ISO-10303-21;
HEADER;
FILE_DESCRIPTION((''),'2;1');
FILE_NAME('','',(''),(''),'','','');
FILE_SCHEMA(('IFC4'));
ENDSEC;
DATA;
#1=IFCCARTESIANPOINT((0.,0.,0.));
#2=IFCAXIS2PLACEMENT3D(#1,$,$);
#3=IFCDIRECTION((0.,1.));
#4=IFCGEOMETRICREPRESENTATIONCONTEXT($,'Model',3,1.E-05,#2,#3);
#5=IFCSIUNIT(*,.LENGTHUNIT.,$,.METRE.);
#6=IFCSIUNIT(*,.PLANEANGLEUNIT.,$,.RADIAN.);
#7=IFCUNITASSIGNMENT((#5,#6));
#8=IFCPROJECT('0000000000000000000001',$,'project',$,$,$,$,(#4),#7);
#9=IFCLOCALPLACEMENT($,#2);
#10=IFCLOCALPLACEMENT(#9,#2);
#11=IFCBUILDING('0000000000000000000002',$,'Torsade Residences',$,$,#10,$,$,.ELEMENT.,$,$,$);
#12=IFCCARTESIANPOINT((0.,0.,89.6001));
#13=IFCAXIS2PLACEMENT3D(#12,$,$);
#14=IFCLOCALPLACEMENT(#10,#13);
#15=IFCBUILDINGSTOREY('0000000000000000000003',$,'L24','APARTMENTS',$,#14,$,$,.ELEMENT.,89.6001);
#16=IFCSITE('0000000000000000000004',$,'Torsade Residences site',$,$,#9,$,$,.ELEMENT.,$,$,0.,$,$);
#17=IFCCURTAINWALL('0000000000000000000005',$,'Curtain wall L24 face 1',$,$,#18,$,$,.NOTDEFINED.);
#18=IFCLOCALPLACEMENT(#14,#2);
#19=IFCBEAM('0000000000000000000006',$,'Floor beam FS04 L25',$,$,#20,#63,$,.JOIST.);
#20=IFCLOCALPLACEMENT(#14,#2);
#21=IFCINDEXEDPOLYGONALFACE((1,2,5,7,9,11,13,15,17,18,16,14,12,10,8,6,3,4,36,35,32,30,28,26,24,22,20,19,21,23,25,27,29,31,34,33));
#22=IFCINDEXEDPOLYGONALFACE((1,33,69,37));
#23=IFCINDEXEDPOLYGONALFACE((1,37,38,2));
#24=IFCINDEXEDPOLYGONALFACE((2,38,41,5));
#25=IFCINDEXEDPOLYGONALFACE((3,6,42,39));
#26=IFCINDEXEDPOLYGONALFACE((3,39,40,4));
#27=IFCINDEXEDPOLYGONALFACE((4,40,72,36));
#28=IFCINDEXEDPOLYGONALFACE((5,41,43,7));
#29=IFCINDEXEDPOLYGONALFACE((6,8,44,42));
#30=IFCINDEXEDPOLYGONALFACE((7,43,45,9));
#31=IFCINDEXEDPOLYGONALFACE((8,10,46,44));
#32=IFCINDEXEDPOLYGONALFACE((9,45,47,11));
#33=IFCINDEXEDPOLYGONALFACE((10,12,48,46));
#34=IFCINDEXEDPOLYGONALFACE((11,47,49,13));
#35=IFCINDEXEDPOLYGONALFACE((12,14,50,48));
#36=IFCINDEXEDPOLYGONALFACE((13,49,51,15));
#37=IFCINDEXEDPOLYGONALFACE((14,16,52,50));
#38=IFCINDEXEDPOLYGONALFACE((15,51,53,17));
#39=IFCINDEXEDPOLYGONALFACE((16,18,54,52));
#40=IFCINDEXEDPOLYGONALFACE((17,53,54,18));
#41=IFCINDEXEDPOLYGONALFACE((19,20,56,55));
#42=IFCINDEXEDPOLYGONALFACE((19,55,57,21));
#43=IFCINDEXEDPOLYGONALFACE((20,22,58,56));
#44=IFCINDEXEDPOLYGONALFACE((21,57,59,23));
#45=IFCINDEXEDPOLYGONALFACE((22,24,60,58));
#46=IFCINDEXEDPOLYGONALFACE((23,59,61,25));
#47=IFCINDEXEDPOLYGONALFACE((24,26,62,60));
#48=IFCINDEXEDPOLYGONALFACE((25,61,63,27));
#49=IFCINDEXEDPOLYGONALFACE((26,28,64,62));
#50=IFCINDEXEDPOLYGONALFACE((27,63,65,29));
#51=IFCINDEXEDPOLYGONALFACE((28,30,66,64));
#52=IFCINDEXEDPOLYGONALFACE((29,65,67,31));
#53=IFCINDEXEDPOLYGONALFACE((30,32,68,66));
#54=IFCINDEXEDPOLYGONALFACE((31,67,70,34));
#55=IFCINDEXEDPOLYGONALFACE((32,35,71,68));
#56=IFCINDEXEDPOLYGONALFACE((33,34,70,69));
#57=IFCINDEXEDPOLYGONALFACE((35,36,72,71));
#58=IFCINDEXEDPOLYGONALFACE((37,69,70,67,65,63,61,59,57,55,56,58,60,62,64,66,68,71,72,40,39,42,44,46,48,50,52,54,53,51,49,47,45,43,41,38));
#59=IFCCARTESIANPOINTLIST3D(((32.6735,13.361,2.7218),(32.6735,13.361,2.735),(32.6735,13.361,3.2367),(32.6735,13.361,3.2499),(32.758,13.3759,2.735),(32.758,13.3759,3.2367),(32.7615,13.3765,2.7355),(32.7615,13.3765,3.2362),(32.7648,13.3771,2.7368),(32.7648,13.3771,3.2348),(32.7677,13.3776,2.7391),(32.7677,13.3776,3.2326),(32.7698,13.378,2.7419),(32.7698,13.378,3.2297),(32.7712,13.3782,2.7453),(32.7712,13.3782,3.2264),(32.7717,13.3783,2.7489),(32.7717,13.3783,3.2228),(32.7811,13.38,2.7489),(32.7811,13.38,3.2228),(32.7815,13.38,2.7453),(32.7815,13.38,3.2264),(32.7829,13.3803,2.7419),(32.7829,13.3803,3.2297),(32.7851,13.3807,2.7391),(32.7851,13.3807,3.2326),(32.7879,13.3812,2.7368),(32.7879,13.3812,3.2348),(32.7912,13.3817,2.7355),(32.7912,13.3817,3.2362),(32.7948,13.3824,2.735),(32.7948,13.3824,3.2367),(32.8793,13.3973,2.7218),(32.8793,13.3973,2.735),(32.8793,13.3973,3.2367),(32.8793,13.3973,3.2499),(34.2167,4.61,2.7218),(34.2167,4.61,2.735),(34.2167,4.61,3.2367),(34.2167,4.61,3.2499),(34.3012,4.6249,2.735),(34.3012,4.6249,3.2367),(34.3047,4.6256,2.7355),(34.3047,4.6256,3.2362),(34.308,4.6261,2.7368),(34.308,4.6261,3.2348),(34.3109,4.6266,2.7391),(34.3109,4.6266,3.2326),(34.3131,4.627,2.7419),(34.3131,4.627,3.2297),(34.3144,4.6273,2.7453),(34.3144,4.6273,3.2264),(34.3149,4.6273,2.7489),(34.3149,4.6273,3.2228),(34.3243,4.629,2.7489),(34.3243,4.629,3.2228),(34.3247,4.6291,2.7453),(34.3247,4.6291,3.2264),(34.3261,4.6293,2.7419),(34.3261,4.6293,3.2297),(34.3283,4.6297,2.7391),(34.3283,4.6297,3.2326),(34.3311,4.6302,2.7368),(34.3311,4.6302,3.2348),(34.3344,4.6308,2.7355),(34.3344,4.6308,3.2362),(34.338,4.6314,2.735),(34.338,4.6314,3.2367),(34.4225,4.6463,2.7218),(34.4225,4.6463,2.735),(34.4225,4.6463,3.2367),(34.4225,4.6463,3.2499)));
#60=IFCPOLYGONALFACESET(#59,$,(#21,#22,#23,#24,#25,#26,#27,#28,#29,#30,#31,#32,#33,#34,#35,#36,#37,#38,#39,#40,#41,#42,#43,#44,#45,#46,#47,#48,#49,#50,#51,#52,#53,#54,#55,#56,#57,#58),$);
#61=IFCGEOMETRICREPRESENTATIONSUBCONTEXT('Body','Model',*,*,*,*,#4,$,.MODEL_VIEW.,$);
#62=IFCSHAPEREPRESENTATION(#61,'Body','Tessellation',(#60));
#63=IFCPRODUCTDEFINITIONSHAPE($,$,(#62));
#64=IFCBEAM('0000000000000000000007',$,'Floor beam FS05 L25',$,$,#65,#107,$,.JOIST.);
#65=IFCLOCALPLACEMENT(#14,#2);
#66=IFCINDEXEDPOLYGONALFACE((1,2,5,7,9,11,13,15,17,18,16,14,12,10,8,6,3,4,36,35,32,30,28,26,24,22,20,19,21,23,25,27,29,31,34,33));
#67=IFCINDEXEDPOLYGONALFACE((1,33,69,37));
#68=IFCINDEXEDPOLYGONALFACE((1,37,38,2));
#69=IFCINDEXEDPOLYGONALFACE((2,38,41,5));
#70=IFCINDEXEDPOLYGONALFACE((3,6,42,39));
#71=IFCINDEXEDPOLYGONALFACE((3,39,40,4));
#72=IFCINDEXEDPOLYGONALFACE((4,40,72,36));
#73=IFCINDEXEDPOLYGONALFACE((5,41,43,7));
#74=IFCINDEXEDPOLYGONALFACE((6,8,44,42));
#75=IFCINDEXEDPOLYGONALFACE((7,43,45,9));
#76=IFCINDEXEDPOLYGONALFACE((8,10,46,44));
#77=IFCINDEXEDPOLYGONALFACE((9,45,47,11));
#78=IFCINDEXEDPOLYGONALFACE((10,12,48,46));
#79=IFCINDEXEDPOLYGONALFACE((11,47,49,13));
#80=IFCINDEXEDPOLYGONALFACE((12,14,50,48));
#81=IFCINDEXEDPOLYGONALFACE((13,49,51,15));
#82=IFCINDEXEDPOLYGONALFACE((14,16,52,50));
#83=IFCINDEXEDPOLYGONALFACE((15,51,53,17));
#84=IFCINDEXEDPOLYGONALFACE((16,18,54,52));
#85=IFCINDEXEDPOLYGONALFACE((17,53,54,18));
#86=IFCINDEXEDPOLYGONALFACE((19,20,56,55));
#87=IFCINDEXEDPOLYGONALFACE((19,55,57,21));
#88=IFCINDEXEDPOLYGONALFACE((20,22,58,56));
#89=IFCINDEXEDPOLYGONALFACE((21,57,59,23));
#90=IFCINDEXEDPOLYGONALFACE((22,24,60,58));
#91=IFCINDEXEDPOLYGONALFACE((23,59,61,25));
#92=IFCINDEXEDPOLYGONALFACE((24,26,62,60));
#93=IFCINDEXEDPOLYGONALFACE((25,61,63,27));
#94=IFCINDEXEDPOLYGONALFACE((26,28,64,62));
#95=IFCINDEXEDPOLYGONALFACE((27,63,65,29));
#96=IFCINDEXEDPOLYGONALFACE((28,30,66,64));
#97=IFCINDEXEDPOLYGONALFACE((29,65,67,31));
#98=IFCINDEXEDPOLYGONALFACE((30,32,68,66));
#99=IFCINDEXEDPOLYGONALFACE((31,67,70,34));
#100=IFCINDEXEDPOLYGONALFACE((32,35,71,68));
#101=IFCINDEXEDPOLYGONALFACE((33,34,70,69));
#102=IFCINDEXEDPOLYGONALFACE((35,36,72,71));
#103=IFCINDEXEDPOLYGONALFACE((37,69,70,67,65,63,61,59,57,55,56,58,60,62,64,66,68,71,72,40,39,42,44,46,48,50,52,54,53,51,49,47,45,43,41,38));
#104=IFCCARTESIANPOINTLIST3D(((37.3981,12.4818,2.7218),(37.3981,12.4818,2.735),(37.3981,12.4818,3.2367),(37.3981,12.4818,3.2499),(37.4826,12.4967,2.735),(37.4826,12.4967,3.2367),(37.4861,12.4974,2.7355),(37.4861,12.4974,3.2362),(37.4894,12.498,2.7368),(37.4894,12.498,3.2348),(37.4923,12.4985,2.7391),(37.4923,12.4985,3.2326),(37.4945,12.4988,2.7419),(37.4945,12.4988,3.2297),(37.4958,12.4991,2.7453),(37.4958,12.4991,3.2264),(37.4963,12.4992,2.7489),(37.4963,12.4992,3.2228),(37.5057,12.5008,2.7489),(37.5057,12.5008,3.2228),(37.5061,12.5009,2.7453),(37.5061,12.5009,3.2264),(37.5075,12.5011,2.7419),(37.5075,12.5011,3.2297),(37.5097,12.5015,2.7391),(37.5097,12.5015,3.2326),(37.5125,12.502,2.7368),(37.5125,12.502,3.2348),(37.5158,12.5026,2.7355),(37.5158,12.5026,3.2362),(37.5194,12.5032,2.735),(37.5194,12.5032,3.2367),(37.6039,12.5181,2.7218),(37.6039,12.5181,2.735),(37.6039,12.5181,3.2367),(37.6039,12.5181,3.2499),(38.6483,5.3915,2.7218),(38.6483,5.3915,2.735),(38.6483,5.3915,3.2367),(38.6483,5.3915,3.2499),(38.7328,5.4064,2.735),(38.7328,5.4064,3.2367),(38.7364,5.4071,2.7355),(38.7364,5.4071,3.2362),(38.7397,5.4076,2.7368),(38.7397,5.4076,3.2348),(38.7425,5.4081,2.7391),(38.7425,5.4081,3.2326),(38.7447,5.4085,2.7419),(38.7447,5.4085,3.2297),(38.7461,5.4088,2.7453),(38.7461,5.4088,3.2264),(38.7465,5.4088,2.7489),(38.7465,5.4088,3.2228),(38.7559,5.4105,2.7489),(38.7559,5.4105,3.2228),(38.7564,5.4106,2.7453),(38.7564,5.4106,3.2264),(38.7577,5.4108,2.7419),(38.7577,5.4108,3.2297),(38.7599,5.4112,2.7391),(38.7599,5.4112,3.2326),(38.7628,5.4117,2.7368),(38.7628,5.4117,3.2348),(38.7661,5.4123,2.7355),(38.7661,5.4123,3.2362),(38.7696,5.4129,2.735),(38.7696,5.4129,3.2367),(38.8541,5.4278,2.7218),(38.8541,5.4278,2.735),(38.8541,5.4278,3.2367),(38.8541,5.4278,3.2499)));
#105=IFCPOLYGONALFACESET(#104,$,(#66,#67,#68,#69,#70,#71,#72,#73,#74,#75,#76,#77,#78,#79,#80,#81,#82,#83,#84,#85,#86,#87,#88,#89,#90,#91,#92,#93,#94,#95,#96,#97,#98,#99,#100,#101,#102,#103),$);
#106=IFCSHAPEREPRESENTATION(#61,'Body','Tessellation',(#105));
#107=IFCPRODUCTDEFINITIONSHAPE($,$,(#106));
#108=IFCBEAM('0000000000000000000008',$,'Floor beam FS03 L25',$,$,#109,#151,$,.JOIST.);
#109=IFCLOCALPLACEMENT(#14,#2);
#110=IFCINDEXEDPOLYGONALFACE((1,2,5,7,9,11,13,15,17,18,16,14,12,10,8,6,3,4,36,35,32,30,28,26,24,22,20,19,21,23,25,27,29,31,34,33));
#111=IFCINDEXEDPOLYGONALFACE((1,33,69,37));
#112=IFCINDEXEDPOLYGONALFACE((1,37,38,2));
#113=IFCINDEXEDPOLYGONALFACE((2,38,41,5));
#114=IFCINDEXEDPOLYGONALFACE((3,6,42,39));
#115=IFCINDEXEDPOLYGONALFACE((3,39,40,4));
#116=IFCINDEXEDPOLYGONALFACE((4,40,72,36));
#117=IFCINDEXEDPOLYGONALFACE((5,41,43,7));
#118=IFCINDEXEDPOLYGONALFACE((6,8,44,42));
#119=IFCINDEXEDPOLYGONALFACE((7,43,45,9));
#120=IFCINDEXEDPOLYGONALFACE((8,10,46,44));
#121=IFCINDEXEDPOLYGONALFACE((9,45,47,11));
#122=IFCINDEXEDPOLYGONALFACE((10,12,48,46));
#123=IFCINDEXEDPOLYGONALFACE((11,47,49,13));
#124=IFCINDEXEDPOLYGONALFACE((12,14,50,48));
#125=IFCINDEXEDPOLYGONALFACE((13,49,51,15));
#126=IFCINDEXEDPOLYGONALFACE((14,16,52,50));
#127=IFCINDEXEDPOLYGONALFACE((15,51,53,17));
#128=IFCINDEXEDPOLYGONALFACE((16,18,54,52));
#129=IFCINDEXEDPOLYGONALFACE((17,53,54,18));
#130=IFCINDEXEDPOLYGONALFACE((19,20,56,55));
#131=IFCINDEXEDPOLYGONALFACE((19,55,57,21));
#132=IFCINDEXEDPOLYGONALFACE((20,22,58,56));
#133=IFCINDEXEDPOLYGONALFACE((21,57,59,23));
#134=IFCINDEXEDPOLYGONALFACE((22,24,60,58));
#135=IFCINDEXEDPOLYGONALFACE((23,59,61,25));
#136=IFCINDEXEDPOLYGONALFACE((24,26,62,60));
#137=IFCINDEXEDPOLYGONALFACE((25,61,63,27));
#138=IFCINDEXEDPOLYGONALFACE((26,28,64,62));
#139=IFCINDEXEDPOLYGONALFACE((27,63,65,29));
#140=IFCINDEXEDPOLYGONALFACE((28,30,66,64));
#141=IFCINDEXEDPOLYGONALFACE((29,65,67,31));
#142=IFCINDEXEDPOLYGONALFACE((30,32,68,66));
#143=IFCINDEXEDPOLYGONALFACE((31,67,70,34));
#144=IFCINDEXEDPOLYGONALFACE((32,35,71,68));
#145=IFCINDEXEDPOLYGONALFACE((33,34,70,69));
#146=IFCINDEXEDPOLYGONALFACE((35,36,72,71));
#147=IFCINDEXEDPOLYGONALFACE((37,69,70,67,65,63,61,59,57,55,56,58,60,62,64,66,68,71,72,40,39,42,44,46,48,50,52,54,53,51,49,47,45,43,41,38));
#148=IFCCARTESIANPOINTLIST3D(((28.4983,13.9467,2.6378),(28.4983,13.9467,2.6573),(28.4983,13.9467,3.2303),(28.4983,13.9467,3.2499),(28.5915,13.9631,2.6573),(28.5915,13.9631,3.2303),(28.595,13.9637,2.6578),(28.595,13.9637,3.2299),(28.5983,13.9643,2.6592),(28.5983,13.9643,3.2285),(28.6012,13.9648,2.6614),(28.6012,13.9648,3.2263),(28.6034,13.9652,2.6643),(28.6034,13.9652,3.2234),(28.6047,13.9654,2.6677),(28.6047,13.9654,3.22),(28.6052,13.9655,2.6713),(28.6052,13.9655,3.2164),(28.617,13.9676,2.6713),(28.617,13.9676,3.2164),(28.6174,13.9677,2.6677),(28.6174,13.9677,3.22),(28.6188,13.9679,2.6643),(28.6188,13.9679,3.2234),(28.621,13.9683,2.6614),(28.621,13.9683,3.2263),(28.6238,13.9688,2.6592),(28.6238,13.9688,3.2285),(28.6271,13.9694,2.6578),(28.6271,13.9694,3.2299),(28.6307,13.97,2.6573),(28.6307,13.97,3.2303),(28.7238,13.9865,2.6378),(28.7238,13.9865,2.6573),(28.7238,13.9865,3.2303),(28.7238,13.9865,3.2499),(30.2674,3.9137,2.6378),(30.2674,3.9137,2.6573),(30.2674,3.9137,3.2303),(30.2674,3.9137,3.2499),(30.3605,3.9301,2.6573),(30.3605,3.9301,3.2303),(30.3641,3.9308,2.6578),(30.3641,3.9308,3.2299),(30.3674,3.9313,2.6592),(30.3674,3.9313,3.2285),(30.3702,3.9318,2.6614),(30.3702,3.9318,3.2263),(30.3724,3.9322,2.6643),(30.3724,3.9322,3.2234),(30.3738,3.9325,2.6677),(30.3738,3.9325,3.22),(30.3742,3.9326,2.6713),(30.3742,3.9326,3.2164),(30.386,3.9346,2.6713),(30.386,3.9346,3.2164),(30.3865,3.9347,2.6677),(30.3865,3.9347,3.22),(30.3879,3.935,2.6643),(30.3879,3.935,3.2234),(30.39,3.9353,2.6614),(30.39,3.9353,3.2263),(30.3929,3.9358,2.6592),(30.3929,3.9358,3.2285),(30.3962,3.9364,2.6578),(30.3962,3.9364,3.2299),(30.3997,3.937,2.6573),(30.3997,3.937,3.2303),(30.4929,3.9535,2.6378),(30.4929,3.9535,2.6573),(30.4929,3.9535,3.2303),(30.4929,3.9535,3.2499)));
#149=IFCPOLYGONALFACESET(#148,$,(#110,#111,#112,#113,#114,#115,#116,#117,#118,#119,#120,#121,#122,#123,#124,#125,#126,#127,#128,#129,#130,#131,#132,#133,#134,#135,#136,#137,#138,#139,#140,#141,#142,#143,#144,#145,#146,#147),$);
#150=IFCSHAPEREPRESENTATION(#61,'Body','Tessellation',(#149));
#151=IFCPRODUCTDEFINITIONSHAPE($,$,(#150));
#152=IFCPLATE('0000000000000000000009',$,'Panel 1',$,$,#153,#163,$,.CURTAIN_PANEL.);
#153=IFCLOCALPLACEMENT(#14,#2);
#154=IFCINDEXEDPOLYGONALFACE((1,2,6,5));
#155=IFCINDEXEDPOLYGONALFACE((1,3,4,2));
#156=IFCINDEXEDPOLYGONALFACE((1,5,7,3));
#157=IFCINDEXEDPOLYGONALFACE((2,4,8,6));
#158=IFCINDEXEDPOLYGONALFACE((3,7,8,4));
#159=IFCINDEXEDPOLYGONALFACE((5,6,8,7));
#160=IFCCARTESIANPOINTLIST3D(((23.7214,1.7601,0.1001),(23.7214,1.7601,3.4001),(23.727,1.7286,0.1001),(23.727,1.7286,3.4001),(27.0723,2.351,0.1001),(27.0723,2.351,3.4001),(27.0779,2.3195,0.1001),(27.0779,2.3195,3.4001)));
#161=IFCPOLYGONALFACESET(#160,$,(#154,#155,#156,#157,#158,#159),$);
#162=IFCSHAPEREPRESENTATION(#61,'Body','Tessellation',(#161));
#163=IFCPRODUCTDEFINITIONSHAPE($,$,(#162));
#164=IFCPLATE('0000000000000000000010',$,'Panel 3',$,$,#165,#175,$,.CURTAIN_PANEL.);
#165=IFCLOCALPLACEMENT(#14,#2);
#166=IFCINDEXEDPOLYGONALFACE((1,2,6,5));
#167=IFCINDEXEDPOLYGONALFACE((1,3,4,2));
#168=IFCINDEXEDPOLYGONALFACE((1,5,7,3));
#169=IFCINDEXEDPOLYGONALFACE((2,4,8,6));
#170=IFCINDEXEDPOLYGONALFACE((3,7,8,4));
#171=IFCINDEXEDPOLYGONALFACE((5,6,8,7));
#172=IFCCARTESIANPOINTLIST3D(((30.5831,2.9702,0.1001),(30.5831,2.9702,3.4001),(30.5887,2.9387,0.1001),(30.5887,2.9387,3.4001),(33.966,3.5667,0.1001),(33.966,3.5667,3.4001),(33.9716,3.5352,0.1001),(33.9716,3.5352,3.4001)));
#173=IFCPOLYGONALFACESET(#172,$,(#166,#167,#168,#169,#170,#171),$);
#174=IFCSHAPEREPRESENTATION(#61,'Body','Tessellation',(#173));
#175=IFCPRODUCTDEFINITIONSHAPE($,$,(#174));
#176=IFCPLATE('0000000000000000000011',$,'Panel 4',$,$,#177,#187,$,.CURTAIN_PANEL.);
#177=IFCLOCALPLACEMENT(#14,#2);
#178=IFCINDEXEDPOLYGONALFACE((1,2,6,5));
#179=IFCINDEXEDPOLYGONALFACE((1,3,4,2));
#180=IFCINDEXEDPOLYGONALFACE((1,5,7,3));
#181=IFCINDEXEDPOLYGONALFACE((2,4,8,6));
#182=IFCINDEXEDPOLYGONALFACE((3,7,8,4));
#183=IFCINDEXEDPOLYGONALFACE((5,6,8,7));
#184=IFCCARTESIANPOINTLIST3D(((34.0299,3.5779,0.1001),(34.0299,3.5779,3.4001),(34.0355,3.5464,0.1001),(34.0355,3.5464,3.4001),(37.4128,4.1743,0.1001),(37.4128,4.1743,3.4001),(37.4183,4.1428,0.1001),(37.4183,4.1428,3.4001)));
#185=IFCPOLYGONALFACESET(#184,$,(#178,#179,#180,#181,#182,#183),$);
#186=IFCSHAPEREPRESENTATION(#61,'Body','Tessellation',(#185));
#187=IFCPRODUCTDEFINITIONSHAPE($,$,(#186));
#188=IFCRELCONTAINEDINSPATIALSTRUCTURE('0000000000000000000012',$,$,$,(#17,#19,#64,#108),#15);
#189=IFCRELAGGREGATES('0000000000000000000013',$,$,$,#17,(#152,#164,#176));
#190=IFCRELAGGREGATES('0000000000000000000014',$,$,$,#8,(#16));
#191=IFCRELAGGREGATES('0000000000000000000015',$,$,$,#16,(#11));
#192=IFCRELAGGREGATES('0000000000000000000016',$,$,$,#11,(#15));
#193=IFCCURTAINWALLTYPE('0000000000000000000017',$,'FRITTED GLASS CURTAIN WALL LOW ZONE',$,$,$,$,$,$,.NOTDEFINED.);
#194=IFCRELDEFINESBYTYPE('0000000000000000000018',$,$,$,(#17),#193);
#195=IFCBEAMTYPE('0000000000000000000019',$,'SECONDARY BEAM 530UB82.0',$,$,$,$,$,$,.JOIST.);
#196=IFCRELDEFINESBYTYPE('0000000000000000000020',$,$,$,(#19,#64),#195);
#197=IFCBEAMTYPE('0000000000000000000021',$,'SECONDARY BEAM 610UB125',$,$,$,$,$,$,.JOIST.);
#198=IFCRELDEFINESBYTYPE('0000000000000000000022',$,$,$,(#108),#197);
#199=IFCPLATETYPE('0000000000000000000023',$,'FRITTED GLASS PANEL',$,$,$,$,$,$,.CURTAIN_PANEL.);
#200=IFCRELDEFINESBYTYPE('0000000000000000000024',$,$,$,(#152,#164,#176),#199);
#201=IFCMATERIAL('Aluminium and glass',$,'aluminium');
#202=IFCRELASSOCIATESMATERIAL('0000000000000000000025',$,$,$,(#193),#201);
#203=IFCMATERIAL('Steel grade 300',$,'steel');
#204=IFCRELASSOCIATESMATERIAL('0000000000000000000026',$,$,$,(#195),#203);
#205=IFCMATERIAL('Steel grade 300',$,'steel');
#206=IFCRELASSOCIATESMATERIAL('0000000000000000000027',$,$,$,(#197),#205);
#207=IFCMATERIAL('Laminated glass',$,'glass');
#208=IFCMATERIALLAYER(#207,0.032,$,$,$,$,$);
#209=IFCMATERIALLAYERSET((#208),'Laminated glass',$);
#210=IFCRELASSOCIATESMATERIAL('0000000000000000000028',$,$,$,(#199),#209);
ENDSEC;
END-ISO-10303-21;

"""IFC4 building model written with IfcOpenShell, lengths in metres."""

from ifc_helpers import new_model, si_unit, direction, frame, origin, origin_2d, place, context, subcontext, project, spatial, rectangle, i_section, extrude, material, layer, layer_set, material_profile, profile_set, type_object, element, aggregate, save


model = new_model("IFC4")

# Units and contexts
model_context = context("Model", 3, precision=1e-05, world=origin(), true_north=direction((0.0, 1.0)))
body_context = subcontext(model_context, "Body", "Model", "MODEL_VIEW")
ifc_project = project(units=[si_unit("LENGTHUNIT", "METRE"), si_unit("PLANEANGLEUNIT", "RADIAN")], contexts=[model_context])

# Site, building, storey
site_placement = place(None, origin())
site = spatial("IfcSite", under=ifc_project, at=site_placement, Name="Torsade Residences site", CompositionType="ELEMENT", RefElevation=0.0)
building_placement = place(site_placement, origin())
building = spatial("IfcBuilding", under=site, at=building_placement, Name="Torsade Residences", CompositionType="ELEMENT")
storey_placement = place(building_placement, frame((0.0, 0.0, 89.6001)))
storey = spatial("IfcBuildingStorey", under=building, at=storey_placement, Name="L24", Description="APARTMENTS", CompositionType="ELEMENT", Elevation=89.6001)

# Curtain wall
ifc_material_1 = material(Name="Aluminium and glass", Category="aluminium")
curtain_wall_type = type_object("IfcCurtainWallType", Name="FRITTED GLASS CURTAIN WALL LOW ZONE", PredefinedType="NOTDEFINED", material=ifc_material_1)
curtain_wall_placement = place(storey_placement, origin())
curtain_wall = element("IfcCurtainWall", 1, at=curtain_wall_placement, inside=storey, type_object=curtain_wall_type, Name="Curtain wall L24 face 1", PredefinedType="NOTDEFINED")

# Beams
ifc_material_2 = material(Name="Steel grade 300", Category="steel")
ifc_material_profile_1 = material_profile(ifc_material_2, i_section(OverallWidth=0.209, OverallDepth=0.5281, WebThickness=0.0095, FlangeThickness=0.0132, FilletRadius=0.0139, at=origin_2d()), Name="530UB82.0")
ifc_profile_set_1 = profile_set([ifc_material_profile_1], Name="Steel grade 300")
beam_type_1 = type_object("IfcBeamType", Name="SECONDARY BEAM 530UB82.0", PredefinedType="JOIST", material=ifc_profile_set_1)
beam_1_placement = place(storey_placement, frame((34.3196, 4.6282, 2.9858), z_axis=(-0.173668, 0.984804, 0.0), x_axis=(-0.984804, -0.173668, 0.0)))
element("IfcBeam", 2, at=beam_1_placement, inside=storey, type_object=beam_type_1, Name="Floor beam FS04 L25", PredefinedType="JOIST", context=body_context, shape_type="SweptSolid", body=[
    extrude(i_section(OverallWidth=0.209, OverallDepth=0.5281, WebThickness=0.0095, FlangeThickness=0.0132, FilletRadius=0.0139, at=origin_2d()), origin(), (0.0, 0.0, 1.0), 8.886),
])
beam_2_placement = place(storey_placement, frame((38.7512, 5.4097, 2.9858), z_axis=(-0.173652, 0.984807, 0.0), x_axis=(-0.984807, -0.173652, 0.0)))
element("IfcBeam", 3, at=beam_2_placement, inside=storey, type_object=beam_type_1, Name="Floor beam FS05 L25", PredefinedType="JOIST", context=body_context, shape_type="SweptSolid", body=[
    extrude(i_section(OverallWidth=0.209, OverallDepth=0.5281, WebThickness=0.0095, FlangeThickness=0.0132, FilletRadius=0.0139, at=origin_2d()), origin(), (0.0, 0.0, 1.0), 7.1997),
])
ifc_material_3 = material(Name="Steel grade 300", Category="steel")
ifc_material_profile_2 = material_profile(ifc_material_3, i_section(OverallWidth=0.229, OverallDepth=0.6121, WebThickness=0.012, FlangeThickness=0.0195, FilletRadius=0.0139, at=origin_2d()), Name="610UB125")
ifc_profile_set_2 = profile_set([ifc_material_profile_2], Name="Steel grade 300")
beam_type_2 = type_object("IfcBeamType", Name="SECONDARY BEAM 610UB125", PredefinedType="JOIST", material=ifc_profile_set_2)
beam_3_placement = place(storey_placement, frame((30.3801, 3.9336, 2.9438), z_axis=(-0.173645, 0.984808, 0.0), x_axis=(-0.984808, -0.173645, 0.0)))
element("IfcBeam", 4, at=beam_3_placement, inside=storey, type_object=beam_type_2, Name="Floor beam FS03 L25", PredefinedType="JOIST", context=body_context, shape_type="SweptSolid", body=[
    extrude(i_section(OverallWidth=0.229, OverallDepth=0.6121, WebThickness=0.012, FlangeThickness=0.0195, FilletRadius=0.0139, at=origin_2d()), origin(), (0.0, 0.0, 1.0), 10.1877),
])

# Plates
ifc_material_4 = material(Name="Laminated glass", Category="glass")
ifc_layer_1 = layer(ifc_material_4, 0.032)
ifc_layer_set_1 = layer_set([ifc_layer_1], Name="Laminated glass")
plate_type_1 = type_object("IfcPlateType", Name="FRITTED GLASS PANEL", PredefinedType="CURTAIN_PANEL", material=ifc_layer_set_1)
plate_1_placement = place(storey_placement, frame((25.3997, 2.0398, 0.1001), z_axis=(0.0, 0.0, 1.0), x_axis=(0.984808, 0.173648, 0.0)))
plate_1 = element("IfcPlate", 5, at=plate_1_placement, type_object=plate_type_1, Name="Panel 1", PredefinedType="CURTAIN_PANEL", context=body_context, shape_type="SweptSolid", body=[
    extrude(rectangle(XDim=3.4026, YDim=0.032, at=origin_2d()), origin(), (0.0, 0.0, 1.0), 3.3),
])
plate_2_placement = place(storey_placement, frame((32.2773, 3.2527, 0.1001), z_axis=(0.0, 0.0, 1.0), x_axis=(0.984808, 0.173648, 0.0)))
plate_2 = element("IfcPlate", 6, at=plate_2_placement, type_object=plate_type_1, Name="Panel 3", PredefinedType="CURTAIN_PANEL", context=body_context, shape_type="SweptSolid", body=[
    extrude(rectangle(XDim=3.4351, YDim=0.032, at=origin_2d()), origin(), (0.0, 0.0, 1.0), 3.3),
])
plate_3_placement = place(storey_placement, frame((35.7241, 3.8604, 0.1001), z_axis=(0.0, 0.0, 1.0), x_axis=(0.984808, 0.173648, 0.0)))
plate_3 = element("IfcPlate", 7, at=plate_3_placement, type_object=plate_type_1, Name="Panel 4", PredefinedType="CURTAIN_PANEL", context=body_context, shape_type="SweptSolid", body=[
    extrude(rectangle(XDim=3.4351, YDim=0.032, at=origin_2d()), origin(), (0.0, 0.0, 1.0), 3.3),
])
aggregate(curtain_wall, [plate_1, plate_2, plate_3])

save(model, "model.ifc")
